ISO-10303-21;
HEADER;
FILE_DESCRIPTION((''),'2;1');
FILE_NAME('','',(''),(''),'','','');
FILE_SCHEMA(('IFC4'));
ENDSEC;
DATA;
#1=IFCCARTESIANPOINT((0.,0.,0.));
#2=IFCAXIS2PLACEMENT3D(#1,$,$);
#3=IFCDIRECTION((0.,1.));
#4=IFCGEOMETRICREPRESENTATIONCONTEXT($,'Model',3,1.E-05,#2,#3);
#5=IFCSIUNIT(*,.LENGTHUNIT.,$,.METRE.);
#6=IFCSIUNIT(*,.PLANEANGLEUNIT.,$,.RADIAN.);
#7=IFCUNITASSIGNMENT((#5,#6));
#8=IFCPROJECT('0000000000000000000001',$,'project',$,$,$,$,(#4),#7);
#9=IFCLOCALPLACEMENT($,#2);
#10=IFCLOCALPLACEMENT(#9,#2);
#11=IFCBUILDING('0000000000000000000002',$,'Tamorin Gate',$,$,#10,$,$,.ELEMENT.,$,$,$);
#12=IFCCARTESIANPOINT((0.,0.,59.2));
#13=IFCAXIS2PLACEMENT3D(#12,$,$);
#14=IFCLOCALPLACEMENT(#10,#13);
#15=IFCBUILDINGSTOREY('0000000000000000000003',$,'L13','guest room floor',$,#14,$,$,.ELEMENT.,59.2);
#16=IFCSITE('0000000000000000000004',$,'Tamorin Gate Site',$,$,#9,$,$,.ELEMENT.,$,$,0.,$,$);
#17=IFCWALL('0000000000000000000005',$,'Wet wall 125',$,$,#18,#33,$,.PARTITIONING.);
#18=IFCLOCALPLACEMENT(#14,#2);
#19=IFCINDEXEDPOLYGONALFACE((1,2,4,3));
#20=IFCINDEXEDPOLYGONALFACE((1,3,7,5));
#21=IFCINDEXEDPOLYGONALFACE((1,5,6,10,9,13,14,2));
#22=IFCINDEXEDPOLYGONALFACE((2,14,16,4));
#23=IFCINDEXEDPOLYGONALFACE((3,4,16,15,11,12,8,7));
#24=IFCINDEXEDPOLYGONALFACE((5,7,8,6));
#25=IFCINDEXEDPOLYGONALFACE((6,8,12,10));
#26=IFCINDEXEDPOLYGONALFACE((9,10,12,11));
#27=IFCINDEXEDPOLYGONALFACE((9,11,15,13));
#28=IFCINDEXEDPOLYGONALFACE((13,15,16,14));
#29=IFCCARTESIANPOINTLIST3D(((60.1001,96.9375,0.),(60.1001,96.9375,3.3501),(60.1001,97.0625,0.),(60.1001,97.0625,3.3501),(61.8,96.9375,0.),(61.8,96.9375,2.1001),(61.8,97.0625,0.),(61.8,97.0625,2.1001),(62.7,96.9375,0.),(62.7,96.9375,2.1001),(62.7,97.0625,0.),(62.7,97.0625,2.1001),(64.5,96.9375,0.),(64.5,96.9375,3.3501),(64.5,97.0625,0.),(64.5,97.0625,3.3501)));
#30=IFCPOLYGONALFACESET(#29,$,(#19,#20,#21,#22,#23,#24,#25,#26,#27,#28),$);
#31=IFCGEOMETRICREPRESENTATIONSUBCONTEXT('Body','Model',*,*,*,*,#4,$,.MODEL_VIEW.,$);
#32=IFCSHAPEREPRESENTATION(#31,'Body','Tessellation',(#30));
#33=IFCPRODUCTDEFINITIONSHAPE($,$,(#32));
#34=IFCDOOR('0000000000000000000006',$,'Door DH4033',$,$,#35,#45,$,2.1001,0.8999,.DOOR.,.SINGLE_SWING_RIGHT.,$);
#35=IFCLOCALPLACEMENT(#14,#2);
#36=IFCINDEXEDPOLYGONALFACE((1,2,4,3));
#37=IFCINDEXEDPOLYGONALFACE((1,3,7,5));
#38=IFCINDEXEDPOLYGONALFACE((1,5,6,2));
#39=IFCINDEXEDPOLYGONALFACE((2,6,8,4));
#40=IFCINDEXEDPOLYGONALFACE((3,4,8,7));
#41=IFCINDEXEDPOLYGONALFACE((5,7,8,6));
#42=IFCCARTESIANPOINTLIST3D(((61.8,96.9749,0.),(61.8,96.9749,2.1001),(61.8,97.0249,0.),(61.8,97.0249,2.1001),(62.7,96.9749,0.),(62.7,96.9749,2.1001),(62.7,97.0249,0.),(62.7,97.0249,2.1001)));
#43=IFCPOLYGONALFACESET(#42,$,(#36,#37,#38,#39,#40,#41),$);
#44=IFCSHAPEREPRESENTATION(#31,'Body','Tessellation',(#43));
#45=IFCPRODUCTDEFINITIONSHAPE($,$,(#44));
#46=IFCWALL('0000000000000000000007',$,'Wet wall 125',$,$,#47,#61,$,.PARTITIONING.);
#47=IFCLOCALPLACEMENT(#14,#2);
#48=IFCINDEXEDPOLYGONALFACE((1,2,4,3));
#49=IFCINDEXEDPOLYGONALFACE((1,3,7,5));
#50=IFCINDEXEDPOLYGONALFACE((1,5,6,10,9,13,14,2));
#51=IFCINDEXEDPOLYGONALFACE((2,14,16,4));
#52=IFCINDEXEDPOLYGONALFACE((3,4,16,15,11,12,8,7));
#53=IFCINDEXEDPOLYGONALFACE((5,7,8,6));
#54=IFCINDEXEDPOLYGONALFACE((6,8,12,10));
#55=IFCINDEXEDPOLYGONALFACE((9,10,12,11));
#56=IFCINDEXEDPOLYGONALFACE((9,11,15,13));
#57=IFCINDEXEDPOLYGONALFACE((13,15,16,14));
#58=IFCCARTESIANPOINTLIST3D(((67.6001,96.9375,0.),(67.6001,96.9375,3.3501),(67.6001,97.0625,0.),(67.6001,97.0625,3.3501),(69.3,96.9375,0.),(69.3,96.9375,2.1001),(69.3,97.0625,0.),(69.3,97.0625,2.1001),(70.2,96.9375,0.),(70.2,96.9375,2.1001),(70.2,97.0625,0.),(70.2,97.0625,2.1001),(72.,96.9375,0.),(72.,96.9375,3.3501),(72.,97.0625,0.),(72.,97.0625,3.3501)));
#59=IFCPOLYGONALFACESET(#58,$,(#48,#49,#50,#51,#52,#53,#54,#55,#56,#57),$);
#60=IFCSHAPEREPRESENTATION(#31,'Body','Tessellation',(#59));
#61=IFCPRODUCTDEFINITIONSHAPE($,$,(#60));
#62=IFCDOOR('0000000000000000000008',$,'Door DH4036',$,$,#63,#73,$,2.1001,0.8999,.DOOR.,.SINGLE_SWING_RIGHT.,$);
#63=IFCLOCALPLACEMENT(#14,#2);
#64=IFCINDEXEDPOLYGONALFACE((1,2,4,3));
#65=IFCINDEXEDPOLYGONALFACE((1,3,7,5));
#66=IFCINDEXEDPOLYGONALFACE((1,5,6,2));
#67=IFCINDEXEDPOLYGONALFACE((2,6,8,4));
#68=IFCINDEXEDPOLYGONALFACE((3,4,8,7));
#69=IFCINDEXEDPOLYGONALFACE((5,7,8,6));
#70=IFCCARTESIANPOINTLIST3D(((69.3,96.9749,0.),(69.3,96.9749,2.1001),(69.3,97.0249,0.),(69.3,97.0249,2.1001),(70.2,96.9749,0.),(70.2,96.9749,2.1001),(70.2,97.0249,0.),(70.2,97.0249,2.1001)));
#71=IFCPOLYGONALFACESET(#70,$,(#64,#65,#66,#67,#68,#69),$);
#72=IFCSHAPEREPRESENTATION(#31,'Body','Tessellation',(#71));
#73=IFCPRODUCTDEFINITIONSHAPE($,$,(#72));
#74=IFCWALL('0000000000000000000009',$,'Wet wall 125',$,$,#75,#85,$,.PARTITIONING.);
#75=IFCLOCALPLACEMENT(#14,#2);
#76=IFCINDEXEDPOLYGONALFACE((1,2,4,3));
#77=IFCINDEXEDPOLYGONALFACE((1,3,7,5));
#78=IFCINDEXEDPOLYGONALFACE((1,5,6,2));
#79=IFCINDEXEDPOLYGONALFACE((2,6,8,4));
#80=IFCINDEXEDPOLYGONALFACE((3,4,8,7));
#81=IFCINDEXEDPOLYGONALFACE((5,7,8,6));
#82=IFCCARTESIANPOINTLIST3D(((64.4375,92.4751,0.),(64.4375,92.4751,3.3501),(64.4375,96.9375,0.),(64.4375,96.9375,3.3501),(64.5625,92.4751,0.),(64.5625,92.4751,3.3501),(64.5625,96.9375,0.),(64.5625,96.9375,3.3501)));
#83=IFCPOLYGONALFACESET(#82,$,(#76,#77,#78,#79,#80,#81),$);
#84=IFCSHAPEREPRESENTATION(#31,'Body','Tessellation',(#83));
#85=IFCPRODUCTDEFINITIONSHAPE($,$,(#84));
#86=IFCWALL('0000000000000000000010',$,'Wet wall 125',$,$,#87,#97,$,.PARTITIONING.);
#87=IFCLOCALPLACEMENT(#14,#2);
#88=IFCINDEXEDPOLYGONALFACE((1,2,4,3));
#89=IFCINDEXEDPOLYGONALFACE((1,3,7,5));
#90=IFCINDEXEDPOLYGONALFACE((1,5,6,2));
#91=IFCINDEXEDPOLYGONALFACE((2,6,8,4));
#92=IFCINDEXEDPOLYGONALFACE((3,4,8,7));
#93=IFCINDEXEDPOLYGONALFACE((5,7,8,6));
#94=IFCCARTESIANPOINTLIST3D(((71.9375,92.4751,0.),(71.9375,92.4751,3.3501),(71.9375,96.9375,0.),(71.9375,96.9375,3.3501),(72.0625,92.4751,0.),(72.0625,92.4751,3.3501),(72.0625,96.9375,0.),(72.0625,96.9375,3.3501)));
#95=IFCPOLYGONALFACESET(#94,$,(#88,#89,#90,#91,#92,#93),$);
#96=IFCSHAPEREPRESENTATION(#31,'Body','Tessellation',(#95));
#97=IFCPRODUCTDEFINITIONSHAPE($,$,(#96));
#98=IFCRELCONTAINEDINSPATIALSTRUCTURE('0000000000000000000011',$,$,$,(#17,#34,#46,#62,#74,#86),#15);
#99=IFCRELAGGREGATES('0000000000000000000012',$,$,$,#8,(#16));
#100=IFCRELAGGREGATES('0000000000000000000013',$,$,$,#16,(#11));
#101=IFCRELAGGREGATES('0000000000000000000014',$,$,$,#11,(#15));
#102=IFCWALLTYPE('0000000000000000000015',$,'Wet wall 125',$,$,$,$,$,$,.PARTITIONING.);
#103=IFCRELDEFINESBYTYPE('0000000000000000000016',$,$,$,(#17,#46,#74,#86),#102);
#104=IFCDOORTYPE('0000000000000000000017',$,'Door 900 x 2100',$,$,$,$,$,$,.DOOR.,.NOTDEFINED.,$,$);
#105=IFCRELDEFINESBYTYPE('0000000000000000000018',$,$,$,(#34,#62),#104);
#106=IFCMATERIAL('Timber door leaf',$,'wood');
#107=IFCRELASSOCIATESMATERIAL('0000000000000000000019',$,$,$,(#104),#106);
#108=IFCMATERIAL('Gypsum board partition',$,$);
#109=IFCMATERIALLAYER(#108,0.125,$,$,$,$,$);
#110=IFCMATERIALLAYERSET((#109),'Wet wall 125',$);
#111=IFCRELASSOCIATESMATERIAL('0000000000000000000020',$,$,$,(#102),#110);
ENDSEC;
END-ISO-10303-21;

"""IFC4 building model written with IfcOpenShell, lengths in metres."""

from ifc_helpers import new_model, si_unit, direction, frame, frame_2d, origin, place, context, subcontext, project, spatial, rectangle, extrude, material, layer, layer_set, type_object, element, fill, save


model = new_model("IFC4")

# Units and contexts
model_context = context("Model", 3, precision=1e-05, world=origin(), true_north=direction((0.0, 1.0)))
body_context = subcontext(model_context, "Body", "Model", "MODEL_VIEW")
ifc_project = project(units=[si_unit("LENGTHUNIT", "METRE"), si_unit("PLANEANGLEUNIT", "RADIAN")], contexts=[model_context])

# Site, building, storey
site_placement = place(None, origin())
site = spatial("IfcSite", under=ifc_project, at=site_placement, Name="Tamorin Gate Site", CompositionType="ELEMENT", RefElevation=0.0)
building_placement = place(site_placement, origin())
building = spatial("IfcBuilding", under=site, at=building_placement, Name="Tamorin Gate", CompositionType="ELEMENT")
storey_placement = place(building_placement, frame((0.0, 0.0, 59.2)))
storey = spatial("IfcBuildingStorey", under=building, at=storey_placement, Name="L13", Description="guest room floor", CompositionType="ELEMENT", Elevation=59.2)

# Shared definitions
ifc_material_1 = material(Name="Gypsum board partition")

# Walls, openings, doors
ifc_material_2 = material(Name="Timber door leaf", Category="wood")
door_type = type_object("IfcDoorType", Name="Door 900 x 2100", OperationType="NOTDEFINED", PredefinedType="DOOR", material=ifc_material_2)
ifc_layer_1 = layer(ifc_material_1, 0.125)
ifc_layer_set_1 = layer_set([ifc_layer_1], Name="Wet wall 125")
wall_type_1 = type_object("IfcWallType", Name="Wet wall 125", PredefinedType="PARTITIONING", material=ifc_layer_set_1)
wall_1_placement = place(storey_placement, frame((60.1001, 97.0, 0.0), z_axis=(0.0, 0.0, 1.0), x_axis=(1.0, 0.0, 0.0)))
wall_1 = element("IfcWall", 1, at=wall_1_placement, inside=storey, type_object=wall_type_1, Name="Wet wall 125", PredefinedType="PARTITIONING", context=body_context, shape_type="SweptSolid", body=[
    extrude(rectangle(XDim=4.3999, YDim=0.125, at=frame_2d((2.2, 0.0))), origin(), (0.0, 0.0, 1.0), 3.3501),
])
opening_1_placement = place(wall_1_placement, frame((1.7, 0.0, 0.0)))
opening_1 = element("IfcOpeningElement", 2, at=opening_1_placement, cuts=wall_1, PredefinedType="OPENING", context=body_context, shape_type="SweptSolid", body=[
    extrude(rectangle(XDim=0.8999, YDim=2.1001, at=frame_2d((0.45, 1.05))), frame((0.0, 0.0725, 0.0), z_axis=(0.0, -1.0, 0.0), x_axis=(1.0, 0.0, 0.0)), (0.0, 0.0, 1.0), 0.145),
])
door_1_placement = place(opening_1_placement, origin())
door_1 = element("IfcDoor", 3, at=door_1_placement, inside=storey, type_object=door_type, Name="Door DH4033", OperationType="SINGLE_SWING_RIGHT", OverallHeight=2.1001, OverallWidth=0.8999, PredefinedType="DOOR", context=body_context, shape_type="SweptSolid", body=[
    extrude(rectangle(XDim=0.8999, YDim=2.1001, at=frame_2d((0.45, 1.05))), frame((0.0, 0.0249, 0.0), z_axis=(0.0, -1.0, 0.0), x_axis=(1.0, 0.0, 0.0)), (0.0, 0.0, 1.0), 0.05),
])
fill(opening_1, door_1)
wall_2_placement = place(storey_placement, frame((67.6001, 97.0, 0.0), z_axis=(0.0, 0.0, 1.0), x_axis=(1.0, 0.0, 0.0)))
wall_2 = element("IfcWall", 4, at=wall_2_placement, inside=storey, type_object=wall_type_1, Name="Wet wall 125", PredefinedType="PARTITIONING", context=body_context, shape_type="SweptSolid", body=[
    extrude(rectangle(XDim=4.3999, YDim=0.125, at=frame_2d((2.2, 0.0))), origin(), (0.0, 0.0, 1.0), 3.3501),
])
opening_2_placement = place(wall_2_placement, frame((1.7, 0.0, 0.0)))
opening_2 = element("IfcOpeningElement", 5, at=opening_2_placement, cuts=wall_2, PredefinedType="OPENING", context=body_context, shape_type="SweptSolid", body=[
    extrude(rectangle(XDim=0.8999, YDim=2.1001, at=frame_2d((0.45, 1.05))), frame((0.0, 0.0725, 0.0), z_axis=(0.0, -1.0, 0.0), x_axis=(1.0, 0.0, 0.0)), (0.0, 0.0, 1.0), 0.145),
])
door_2_placement = place(opening_2_placement, origin())
door_2 = element("IfcDoor", 6, at=door_2_placement, inside=storey, type_object=door_type, Name="Door DH4036", OperationType="SINGLE_SWING_RIGHT", OverallHeight=2.1001, OverallWidth=0.8999, PredefinedType="DOOR", context=body_context, shape_type="SweptSolid", body=[
    extrude(rectangle(XDim=0.8999, YDim=2.1001, at=frame_2d((0.45, 1.05))), frame((0.0, 0.0249, 0.0), z_axis=(0.0, -1.0, 0.0), x_axis=(1.0, 0.0, 0.0)), (0.0, 0.0, 1.0), 0.05),
])
fill(opening_2, door_2)

# Walls
for number, where, z_axis, x_axis, name in (
    (7, (64.5, 92.4751, 0.0), (0.0, 0.0, 1.0), (0.0, 1.0, 0.0), "Wet wall 125"),
    (8, (72.0, 92.4751, 0.0), (0.0, 0.0, 1.0), (0.0, 1.0, 0.0), "Wet wall 125"),
):
    element("IfcWall", number, at=place(storey_placement, frame(where, z_axis=z_axis, x_axis=x_axis)), inside=storey, type_object=wall_type_1, Name=name, PredefinedType="PARTITIONING", context=body_context, shape_type="SweptSolid", body=[
        extrude(rectangle(XDim=4.4624, YDim=0.125, at=frame_2d((2.2312, 0.0))), origin(), (0.0, 0.0, 1.0), 3.3501),
    ])

save(model, "model.ifc")
